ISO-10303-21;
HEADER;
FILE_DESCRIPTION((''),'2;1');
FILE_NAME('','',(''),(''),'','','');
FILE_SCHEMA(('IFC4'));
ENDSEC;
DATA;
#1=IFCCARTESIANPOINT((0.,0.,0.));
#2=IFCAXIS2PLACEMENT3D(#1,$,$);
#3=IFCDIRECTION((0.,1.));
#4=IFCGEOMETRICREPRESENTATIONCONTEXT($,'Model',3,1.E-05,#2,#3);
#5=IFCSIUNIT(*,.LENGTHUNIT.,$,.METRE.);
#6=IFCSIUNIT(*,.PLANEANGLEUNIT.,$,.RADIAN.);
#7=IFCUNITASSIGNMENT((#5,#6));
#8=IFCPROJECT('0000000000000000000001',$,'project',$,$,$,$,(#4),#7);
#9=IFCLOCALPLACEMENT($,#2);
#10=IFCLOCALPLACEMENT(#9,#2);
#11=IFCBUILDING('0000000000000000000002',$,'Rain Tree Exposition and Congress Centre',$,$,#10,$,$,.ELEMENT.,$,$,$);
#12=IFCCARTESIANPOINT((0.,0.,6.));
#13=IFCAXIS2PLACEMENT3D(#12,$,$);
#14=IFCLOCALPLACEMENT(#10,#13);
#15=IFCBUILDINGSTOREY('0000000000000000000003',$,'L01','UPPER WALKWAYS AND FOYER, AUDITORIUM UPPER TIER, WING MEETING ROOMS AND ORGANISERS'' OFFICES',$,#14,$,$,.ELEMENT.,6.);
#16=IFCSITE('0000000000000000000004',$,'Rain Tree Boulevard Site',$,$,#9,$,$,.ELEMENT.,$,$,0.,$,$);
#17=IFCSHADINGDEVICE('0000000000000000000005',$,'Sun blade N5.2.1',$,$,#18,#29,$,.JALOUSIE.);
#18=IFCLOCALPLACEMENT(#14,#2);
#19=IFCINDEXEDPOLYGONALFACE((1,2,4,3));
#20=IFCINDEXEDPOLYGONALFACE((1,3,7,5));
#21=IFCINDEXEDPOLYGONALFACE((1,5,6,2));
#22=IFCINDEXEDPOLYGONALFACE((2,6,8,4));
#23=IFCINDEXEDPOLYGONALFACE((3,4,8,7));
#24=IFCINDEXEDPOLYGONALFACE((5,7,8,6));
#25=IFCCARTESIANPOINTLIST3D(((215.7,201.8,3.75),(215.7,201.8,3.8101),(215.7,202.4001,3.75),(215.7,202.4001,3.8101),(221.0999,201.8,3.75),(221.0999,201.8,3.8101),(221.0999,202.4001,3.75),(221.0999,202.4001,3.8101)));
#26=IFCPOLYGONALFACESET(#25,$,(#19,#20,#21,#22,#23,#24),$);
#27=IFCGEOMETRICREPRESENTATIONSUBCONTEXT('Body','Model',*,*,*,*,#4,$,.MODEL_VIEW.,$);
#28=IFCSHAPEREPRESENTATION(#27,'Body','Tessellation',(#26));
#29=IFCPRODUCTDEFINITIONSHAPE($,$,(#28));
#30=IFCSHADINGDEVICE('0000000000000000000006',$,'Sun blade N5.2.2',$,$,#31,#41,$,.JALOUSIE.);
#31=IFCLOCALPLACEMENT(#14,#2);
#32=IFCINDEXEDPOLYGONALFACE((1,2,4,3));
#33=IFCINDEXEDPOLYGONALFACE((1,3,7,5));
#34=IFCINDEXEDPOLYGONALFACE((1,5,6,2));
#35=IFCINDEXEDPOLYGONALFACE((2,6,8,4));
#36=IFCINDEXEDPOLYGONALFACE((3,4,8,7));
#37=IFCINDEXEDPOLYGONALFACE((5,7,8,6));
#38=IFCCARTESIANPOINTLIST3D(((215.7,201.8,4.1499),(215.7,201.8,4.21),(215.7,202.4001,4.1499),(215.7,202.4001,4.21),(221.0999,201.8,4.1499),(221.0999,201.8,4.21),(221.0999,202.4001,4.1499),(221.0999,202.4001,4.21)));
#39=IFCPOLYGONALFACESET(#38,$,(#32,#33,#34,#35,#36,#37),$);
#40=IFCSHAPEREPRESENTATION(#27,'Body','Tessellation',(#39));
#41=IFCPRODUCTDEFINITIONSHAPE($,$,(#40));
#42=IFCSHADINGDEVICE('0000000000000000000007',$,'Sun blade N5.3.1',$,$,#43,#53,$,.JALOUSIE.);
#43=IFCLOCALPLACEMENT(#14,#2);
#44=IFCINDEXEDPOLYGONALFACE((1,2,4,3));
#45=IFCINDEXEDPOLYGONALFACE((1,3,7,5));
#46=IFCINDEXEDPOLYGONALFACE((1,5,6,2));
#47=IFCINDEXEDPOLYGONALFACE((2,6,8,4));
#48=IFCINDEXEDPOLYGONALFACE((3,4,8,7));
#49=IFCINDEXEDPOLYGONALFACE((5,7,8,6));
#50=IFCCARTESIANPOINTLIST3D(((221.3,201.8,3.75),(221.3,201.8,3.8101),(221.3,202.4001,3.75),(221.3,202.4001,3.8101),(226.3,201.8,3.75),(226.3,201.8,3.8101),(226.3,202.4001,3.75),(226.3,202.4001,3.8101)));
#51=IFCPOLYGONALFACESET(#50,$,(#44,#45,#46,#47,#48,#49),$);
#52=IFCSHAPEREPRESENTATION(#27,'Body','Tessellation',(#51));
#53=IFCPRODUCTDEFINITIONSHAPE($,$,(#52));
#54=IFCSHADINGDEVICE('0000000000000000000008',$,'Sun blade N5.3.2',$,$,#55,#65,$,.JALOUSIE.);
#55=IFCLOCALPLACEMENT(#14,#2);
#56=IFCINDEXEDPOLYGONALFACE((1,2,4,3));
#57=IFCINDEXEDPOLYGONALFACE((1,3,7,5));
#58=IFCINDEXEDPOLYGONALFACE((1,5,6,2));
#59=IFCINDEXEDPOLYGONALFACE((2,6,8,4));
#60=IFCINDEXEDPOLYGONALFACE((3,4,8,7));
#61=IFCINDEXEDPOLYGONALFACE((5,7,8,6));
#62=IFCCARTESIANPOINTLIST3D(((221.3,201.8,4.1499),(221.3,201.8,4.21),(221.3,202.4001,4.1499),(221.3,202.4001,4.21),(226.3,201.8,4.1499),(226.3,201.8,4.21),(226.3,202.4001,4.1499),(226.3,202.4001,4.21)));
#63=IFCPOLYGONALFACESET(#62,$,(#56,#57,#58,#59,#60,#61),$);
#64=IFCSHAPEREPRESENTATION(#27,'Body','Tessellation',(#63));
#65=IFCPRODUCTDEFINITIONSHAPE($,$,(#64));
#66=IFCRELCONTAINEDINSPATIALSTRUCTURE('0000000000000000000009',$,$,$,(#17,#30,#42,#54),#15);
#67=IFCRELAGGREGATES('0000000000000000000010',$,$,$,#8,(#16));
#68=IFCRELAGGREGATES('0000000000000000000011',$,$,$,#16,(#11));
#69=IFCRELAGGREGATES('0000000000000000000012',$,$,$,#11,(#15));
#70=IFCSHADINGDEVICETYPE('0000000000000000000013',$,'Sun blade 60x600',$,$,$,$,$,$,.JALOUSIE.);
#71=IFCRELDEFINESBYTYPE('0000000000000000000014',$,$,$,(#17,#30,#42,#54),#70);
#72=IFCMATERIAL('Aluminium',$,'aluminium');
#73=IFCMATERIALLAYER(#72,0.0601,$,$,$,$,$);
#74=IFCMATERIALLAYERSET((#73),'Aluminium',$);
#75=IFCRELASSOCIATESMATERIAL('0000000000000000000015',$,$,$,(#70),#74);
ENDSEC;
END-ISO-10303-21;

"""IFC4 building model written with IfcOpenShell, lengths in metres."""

from ifc_helpers import new_model, si_unit, direction, frame, origin, origin_2d, place, context, subcontext, project, spatial, rectangle, extrude, material, layer, layer_set, type_object, element, save


model = new_model("IFC4")

# Units and contexts
model_context = context("Model", 3, precision=1e-05, world=origin(), true_north=direction((0.0, 1.0)))
body_context = subcontext(model_context, "Body", "Model", "MODEL_VIEW")
ifc_project = project(units=[si_unit("LENGTHUNIT", "METRE"), si_unit("PLANEANGLEUNIT", "RADIAN")], contexts=[model_context])

# Site, building, storey
site_placement = place(None, origin())
site = spatial("IfcSite", under=ifc_project, at=site_placement, Name="Rain Tree Boulevard Site", CompositionType="ELEMENT", RefElevation=0.0)
building_placement = place(site_placement, origin())
building = spatial("IfcBuilding", under=site, at=building_placement, Name="Rain Tree Exposition and Congress Centre", CompositionType="ELEMENT")
storey_placement = place(building_placement, frame((0.0, 0.0, 6.0)))
storey = spatial("IfcBuildingStorey", under=building, at=storey_placement, Name="L01", Description="UPPER WALKWAYS AND FOYER, AUDITORIUM UPPER TIER, WING MEETING ROOMS AND ORGANISERS' OFFICES", CompositionType="ELEMENT", Elevation=6.0)

# Shading devices
ifc_material_1 = material(Name="Aluminium", Category="aluminium")
ifc_layer_1 = layer(ifc_material_1, 0.0601)
ifc_layer_set_1 = layer_set([ifc_layer_1], Name="Aluminium")
shading_device_type = type_object("IfcShadingDeviceType", Name="Sun blade 60x600", PredefinedType="JALOUSIE", material=ifc_layer_set_1)
for number, where, z_axis, x_axis, name in (
    (1, (218.3999, 202.1001, 3.75), (0.0, 0.0, 1.0), (1.0, 0.0, 0.0), "Sun blade N5.2.1"),
    (2, (218.3999, 202.1001, 4.1499), (0.0, 0.0, 1.0), (1.0, 0.0, 0.0), "Sun blade N5.2.2"),
):
    element("IfcShadingDevice", number, at=place(storey_placement, frame(where, z_axis=z_axis, x_axis=x_axis)), inside=storey, type_object=shading_device_type, Name=name, PredefinedType="JALOUSIE", context=body_context, shape_type="SweptSolid", body=[
        extrude(rectangle(XDim=5.3999, YDim=0.6001, at=origin_2d()), origin(), (0.0, 0.0, 1.0), 0.0601),
    ])
for number, where, z_axis, x_axis, name in (
    (3, (223.8, 202.1001, 3.75), (0.0, 0.0, 1.0), (1.0, 0.0, 0.0), "Sun blade N5.3.1"),
    (4, (223.8, 202.1001, 4.1499), (0.0, 0.0, 1.0), (1.0, 0.0, 0.0), "Sun blade N5.3.2"),
):
    element("IfcShadingDevice", number, at=place(storey_placement, frame(where, z_axis=z_axis, x_axis=x_axis)), inside=storey, type_object=shading_device_type, Name=name, PredefinedType="JALOUSIE", context=body_context, shape_type="SweptSolid", body=[
        extrude(rectangle(XDim=5.0, YDim=0.6001, at=origin_2d()), origin(), (0.0, 0.0, 1.0), 0.0601),
    ])

save(model, "model.ifc")
